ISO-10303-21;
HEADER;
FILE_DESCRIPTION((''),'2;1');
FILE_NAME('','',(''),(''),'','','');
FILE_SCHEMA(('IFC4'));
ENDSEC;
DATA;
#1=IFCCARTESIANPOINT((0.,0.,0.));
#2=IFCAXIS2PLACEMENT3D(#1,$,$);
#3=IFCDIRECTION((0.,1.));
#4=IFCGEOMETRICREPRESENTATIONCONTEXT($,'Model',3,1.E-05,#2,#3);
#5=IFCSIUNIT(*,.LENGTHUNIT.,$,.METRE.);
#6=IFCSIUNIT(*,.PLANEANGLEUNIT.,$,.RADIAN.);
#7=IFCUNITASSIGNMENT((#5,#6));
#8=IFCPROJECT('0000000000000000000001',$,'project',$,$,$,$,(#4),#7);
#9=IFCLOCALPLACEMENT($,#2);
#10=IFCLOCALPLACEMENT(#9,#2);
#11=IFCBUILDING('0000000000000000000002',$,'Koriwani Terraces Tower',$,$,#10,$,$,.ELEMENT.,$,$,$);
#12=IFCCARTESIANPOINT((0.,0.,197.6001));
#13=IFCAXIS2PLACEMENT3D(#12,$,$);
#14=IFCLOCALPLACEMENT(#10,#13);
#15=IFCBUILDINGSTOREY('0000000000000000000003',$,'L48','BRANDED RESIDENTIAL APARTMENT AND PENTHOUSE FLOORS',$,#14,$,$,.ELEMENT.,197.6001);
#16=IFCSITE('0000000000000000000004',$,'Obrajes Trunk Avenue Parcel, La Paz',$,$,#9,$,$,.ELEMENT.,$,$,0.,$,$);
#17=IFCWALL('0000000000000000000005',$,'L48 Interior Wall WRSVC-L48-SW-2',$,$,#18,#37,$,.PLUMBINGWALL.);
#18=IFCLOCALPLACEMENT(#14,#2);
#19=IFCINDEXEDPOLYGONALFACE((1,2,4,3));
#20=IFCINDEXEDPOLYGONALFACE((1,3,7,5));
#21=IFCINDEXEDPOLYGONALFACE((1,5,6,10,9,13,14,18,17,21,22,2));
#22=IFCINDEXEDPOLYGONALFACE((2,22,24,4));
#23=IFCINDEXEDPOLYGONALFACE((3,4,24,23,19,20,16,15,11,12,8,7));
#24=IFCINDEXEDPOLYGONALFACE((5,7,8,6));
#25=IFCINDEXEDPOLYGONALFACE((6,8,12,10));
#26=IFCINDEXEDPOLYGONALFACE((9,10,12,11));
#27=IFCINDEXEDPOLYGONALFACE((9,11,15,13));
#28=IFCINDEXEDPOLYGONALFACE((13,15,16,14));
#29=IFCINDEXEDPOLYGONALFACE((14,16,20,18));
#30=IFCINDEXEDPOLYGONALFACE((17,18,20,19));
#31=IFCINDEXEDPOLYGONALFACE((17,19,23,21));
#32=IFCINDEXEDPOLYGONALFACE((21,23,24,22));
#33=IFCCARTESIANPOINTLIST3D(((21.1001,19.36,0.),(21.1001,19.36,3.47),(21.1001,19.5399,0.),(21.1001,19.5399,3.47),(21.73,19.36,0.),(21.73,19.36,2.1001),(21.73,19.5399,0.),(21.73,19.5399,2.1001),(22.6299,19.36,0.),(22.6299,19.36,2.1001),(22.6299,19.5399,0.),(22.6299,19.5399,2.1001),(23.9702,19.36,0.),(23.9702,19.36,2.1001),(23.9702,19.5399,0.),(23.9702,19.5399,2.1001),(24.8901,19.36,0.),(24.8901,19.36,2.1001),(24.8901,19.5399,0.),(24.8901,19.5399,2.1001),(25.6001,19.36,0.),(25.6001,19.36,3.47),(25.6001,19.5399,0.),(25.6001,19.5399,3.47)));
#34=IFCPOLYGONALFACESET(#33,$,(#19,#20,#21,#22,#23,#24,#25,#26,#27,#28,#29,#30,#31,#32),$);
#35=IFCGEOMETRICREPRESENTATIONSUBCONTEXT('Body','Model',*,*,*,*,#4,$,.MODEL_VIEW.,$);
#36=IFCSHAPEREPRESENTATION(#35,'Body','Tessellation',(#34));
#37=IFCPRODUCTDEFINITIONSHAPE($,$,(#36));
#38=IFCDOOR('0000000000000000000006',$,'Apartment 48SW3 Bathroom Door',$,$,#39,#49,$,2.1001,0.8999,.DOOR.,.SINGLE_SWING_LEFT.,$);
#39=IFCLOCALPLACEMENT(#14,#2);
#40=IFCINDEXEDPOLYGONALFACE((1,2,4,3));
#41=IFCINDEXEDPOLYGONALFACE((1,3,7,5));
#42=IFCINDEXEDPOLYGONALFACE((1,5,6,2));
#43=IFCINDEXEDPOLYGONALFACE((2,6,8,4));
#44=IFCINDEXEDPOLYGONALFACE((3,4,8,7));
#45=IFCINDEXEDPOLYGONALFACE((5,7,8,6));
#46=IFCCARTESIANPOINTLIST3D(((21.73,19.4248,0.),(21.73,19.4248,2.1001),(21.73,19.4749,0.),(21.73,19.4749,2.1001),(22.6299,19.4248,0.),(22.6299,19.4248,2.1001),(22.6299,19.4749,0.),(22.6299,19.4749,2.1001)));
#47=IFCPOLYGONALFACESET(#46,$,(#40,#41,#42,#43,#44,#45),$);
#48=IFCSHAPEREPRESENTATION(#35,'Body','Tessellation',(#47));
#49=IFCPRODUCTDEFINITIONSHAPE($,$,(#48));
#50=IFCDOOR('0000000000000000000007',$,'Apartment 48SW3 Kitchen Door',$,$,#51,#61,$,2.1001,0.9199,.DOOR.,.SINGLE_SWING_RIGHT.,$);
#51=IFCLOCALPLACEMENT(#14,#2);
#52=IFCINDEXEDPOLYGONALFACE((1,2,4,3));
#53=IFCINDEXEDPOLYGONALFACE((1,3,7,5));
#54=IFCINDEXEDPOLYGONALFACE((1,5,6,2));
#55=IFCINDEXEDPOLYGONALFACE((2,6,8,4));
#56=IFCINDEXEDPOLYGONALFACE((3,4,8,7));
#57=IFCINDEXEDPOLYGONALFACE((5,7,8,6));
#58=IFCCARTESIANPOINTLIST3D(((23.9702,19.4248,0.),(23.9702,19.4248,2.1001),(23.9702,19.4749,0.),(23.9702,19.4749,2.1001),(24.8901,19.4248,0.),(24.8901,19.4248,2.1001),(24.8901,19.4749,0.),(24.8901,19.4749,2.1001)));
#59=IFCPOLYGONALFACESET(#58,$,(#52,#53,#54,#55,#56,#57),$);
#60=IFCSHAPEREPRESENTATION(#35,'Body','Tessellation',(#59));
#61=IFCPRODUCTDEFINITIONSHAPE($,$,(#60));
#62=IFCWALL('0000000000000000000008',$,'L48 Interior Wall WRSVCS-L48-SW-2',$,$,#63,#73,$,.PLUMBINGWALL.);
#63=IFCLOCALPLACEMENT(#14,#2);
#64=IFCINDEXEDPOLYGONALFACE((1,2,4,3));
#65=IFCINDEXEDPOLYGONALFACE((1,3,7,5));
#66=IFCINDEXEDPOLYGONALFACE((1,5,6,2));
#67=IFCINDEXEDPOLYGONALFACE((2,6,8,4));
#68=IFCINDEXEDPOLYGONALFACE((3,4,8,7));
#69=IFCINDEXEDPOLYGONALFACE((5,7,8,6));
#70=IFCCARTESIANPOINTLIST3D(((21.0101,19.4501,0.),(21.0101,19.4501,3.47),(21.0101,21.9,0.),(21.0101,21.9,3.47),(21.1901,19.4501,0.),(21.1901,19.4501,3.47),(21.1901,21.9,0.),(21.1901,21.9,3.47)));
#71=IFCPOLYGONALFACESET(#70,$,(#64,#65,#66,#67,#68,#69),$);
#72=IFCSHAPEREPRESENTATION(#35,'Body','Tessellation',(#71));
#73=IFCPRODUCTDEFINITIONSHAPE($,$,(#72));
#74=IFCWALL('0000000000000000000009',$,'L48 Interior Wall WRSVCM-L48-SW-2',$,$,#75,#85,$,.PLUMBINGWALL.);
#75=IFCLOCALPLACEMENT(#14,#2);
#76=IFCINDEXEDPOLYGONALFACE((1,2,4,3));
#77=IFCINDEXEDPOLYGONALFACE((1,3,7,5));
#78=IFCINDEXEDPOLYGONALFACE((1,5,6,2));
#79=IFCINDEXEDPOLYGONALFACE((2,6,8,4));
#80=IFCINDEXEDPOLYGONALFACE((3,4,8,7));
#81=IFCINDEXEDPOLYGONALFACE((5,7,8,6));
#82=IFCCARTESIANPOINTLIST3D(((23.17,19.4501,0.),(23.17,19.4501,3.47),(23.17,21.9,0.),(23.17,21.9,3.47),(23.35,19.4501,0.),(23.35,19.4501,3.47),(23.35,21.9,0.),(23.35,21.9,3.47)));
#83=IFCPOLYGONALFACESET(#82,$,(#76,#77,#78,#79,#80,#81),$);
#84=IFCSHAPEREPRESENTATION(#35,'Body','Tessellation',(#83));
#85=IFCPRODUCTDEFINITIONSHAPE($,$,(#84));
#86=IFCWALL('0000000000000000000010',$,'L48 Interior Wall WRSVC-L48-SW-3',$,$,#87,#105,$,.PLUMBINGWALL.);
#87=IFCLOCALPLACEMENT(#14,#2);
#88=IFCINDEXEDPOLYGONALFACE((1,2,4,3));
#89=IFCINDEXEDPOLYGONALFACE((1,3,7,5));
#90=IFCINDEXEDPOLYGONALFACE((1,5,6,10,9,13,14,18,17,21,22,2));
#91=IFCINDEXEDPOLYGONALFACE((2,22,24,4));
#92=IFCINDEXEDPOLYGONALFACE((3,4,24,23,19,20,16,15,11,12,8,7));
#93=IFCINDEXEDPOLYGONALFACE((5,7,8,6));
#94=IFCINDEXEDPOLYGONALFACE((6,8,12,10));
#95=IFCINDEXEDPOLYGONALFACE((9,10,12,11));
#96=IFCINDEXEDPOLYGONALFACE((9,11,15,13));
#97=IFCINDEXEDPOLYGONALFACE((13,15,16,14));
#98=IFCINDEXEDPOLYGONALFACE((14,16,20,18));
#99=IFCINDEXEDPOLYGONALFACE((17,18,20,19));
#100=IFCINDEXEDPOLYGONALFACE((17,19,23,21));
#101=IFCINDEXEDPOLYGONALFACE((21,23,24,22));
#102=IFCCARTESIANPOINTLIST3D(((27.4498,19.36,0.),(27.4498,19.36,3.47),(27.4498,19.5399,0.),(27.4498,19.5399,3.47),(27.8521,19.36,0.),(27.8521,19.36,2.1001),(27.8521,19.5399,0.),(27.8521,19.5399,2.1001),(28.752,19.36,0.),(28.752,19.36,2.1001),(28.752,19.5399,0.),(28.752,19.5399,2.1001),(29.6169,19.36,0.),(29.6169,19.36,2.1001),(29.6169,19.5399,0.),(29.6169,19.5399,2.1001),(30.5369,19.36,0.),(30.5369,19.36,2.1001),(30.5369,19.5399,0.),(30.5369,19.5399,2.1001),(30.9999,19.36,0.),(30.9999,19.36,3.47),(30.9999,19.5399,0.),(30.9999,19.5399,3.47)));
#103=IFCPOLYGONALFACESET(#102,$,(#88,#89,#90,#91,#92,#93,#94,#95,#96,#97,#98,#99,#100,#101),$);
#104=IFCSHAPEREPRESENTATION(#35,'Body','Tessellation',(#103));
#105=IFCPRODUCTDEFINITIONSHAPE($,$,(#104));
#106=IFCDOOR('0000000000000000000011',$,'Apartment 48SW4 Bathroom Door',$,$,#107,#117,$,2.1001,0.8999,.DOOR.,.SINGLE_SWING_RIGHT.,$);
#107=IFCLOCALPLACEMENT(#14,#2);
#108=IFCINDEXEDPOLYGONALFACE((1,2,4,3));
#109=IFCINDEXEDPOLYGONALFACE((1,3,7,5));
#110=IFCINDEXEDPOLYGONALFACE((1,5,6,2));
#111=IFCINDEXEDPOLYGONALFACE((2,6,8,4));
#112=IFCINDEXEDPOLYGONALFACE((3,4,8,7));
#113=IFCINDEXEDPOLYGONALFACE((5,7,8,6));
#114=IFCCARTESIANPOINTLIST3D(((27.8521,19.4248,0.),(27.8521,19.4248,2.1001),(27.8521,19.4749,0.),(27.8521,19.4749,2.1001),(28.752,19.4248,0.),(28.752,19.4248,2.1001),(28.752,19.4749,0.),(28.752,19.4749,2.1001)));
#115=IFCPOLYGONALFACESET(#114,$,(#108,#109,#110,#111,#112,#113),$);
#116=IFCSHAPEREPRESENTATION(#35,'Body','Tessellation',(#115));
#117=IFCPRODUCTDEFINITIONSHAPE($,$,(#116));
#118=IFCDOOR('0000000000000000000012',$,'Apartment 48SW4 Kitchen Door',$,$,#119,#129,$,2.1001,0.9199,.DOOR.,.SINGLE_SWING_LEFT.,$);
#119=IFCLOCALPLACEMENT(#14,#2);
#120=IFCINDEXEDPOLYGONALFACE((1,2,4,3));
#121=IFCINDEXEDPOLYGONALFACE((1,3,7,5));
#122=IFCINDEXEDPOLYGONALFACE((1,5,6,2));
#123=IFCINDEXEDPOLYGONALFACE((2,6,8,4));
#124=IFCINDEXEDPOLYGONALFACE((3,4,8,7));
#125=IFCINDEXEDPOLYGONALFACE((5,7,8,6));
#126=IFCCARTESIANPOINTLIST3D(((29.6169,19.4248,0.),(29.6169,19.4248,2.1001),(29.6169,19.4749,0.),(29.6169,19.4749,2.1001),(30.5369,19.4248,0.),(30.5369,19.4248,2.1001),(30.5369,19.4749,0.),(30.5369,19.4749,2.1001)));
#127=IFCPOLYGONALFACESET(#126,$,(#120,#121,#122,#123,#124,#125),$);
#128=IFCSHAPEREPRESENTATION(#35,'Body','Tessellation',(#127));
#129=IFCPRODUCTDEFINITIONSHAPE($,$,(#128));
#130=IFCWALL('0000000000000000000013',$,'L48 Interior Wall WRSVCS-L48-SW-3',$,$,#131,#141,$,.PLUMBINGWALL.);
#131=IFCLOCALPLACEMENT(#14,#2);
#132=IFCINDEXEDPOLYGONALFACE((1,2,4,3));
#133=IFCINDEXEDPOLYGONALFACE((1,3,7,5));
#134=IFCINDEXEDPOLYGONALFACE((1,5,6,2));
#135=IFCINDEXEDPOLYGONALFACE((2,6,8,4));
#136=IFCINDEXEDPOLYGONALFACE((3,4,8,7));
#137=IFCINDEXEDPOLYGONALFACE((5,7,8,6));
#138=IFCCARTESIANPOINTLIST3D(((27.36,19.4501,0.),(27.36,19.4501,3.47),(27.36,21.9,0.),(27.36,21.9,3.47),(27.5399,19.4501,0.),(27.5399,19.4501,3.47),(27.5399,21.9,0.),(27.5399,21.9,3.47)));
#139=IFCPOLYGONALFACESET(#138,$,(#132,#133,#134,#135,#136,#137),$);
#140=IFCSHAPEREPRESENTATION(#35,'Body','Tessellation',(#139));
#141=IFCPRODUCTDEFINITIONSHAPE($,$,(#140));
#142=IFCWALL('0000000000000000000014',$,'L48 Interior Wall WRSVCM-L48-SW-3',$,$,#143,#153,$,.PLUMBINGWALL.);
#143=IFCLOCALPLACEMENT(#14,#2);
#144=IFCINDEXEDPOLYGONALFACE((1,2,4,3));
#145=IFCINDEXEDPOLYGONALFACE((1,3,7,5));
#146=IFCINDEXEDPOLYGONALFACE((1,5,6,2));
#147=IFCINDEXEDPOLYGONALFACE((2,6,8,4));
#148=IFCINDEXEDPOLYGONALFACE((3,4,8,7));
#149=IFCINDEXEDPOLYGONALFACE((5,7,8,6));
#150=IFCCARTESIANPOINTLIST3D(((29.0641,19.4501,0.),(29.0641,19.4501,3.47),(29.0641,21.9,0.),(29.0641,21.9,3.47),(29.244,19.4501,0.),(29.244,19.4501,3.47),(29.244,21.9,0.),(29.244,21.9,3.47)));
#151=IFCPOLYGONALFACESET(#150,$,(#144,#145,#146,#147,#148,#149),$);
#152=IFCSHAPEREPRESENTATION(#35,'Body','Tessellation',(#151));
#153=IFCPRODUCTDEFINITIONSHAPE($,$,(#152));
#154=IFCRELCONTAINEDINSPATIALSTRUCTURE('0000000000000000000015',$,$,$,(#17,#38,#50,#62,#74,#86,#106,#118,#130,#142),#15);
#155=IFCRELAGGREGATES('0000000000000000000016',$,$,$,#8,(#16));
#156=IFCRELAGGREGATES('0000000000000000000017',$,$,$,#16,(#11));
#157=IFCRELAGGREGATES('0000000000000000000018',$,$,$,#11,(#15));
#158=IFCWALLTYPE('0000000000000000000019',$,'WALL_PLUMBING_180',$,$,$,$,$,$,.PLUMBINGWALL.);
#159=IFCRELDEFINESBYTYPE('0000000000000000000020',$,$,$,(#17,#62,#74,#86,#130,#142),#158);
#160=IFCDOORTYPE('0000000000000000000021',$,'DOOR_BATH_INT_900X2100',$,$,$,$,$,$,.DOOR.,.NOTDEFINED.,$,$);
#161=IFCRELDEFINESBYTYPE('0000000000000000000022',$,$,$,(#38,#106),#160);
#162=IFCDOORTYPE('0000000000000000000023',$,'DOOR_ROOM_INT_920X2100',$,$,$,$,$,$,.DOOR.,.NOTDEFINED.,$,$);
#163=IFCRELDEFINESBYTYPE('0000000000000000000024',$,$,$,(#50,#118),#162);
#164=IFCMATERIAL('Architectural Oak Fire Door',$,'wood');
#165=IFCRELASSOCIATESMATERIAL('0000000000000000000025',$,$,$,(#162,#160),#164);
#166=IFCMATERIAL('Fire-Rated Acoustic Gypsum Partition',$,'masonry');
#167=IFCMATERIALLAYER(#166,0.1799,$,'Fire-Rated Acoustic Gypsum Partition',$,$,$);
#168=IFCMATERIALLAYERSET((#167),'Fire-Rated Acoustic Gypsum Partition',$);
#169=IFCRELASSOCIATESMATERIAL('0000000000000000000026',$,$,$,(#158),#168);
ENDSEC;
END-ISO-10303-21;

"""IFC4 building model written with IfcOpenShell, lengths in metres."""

from ifc_helpers import new_model, si_unit, direction, frame, frame_2d, origin, place, context, subcontext, project, spatial, rectangle, extrude, material, layer, layer_set, type_object, element, fill, save


model = new_model("IFC4")

# Units and contexts
model_context = context("Model", 3, precision=1e-05, world=origin(), true_north=direction((0.0, 1.0)))
body_context = subcontext(model_context, "Body", "Model", "MODEL_VIEW")
ifc_project = project(units=[si_unit("LENGTHUNIT", "METRE"), si_unit("PLANEANGLEUNIT", "RADIAN")], contexts=[model_context])

# Site, building, storey
site_placement = place(None, origin())
site = spatial("IfcSite", under=ifc_project, at=site_placement, Name="Obrajes Trunk Avenue Parcel, La Paz", CompositionType="ELEMENT", RefElevation=0.0)
building_placement = place(site_placement, origin())
building = spatial("IfcBuilding", under=site, at=building_placement, Name="Koriwani Terraces Tower", CompositionType="ELEMENT")
storey_placement = place(building_placement, frame((0.0, 0.0, 197.6001)))
storey = spatial("IfcBuildingStorey", under=building, at=storey_placement, Name="L48", Description="BRANDED RESIDENTIAL APARTMENT AND PENTHOUSE FLOORS", CompositionType="ELEMENT", Elevation=197.6001)

# Shared definitions
ifc_material_1 = material(Name="Architectural Oak Fire Door", Category="wood")
door_type_1 = type_object("IfcDoorType", Name="DOOR_ROOM_INT_920X2100", OperationType="NOTDEFINED", PredefinedType="DOOR", material=ifc_material_1)

# Shared definitions
ifc_material_2 = material(Name="Fire-Rated Acoustic Gypsum Partition", Category="masonry")
ifc_layer_1 = layer(ifc_material_2, 0.1799, Name="Fire-Rated Acoustic Gypsum Partition")
ifc_layer_set_1 = layer_set([ifc_layer_1], Name="Fire-Rated Acoustic Gypsum Partition")
wall_type_1 = type_object("IfcWallType", Name="WALL_PLUMBING_180", PredefinedType="PLUMBINGWALL", material=ifc_layer_set_1)

# Wall, openings, doors
wall_1_placement = place(storey_placement, frame((21.1001, 19.45, 0.0), z_axis=(0.0, 0.0, 1.0), x_axis=(1.0, 0.0, 0.0)))
wall_1 = element("IfcWall", 1, at=wall_1_placement, inside=storey, type_object=wall_type_1, Name="L48 Interior Wall WRSVC-L48-SW-2", PredefinedType="PLUMBINGWALL", context=body_context, shape_type="SweptSolid", body=[
    extrude(rectangle(XDim=4.5, YDim=0.1799, at=frame_2d((2.25, 0.0))), origin(), (0.0, 0.0, 1.0), 3.47),
])
opening_1_placement = place(wall_1_placement, frame((0.6299, 0.0, 0.0)))
opening_1 = element("IfcOpeningElement", 2, at=opening_1_placement, cuts=wall_1, PredefinedType="OPENING", context=body_context, shape_type="SweptSolid", body=[
    extrude(rectangle(XDim=0.8999, YDim=2.1001, at=frame_2d((0.45, 1.05))), frame((0.0, 0.1001, 0.0), z_axis=(0.0, -1.0, 0.0), x_axis=(1.0, 0.0, 0.0)), (0.0, 0.0, 1.0), 0.2),
])
opening_2_placement = place(wall_1_placement, frame((2.8701, 0.0, 0.0)))
opening_2 = element("IfcOpeningElement", 3, at=opening_2_placement, cuts=wall_1, PredefinedType="OPENING", context=body_context, shape_type="SweptSolid", body=[
    extrude(rectangle(XDim=0.9199, YDim=2.1001, at=frame_2d((0.46, 1.05))), frame((0.0, 0.1001, 0.0), z_axis=(0.0, -1.0, 0.0), x_axis=(1.0, 0.0, 0.0)), (0.0, 0.0, 1.0), 0.2),
])
door_type_2 = type_object("IfcDoorType", Name="DOOR_BATH_INT_900X2100", OperationType="NOTDEFINED", PredefinedType="DOOR", material=ifc_material_1)
door_1_placement = place(opening_1_placement, origin())
door_1 = element("IfcDoor", 4, at=door_1_placement, inside=storey, type_object=door_type_2, Name="Apartment 48SW3 Bathroom Door", OperationType="SINGLE_SWING_LEFT", OverallHeight=2.1001, OverallWidth=0.8999, PredefinedType="DOOR", context=body_context, shape_type="SweptSolid", body=[
    extrude(rectangle(XDim=0.8999, YDim=2.1001, at=frame_2d((0.45, 1.05))), frame((0.0, 0.0249, 0.0), z_axis=(0.0, -1.0, 0.0), x_axis=(1.0, 0.0, 0.0)), (0.0, 0.0, 1.0), 0.05),
])
fill(opening_1, door_1)
door_2_placement = place(opening_2_placement, origin())
door_2 = element("IfcDoor", 5, at=door_2_placement, inside=storey, type_object=door_type_1, Name="Apartment 48SW3 Kitchen Door", OperationType="SINGLE_SWING_RIGHT", OverallHeight=2.1001, OverallWidth=0.9199, PredefinedType="DOOR", context=body_context, shape_type="SweptSolid", body=[
    extrude(rectangle(XDim=0.9199, YDim=2.1001, at=frame_2d((0.46, 1.05))), frame((0.0, 0.0249, 0.0), z_axis=(0.0, -1.0, 0.0), x_axis=(1.0, 0.0, 0.0)), (0.0, 0.0, 1.0), 0.05),
])
fill(opening_2, door_2)

# Walls
for number, where, z_axis, x_axis, name in (
    (6, (21.1001, 19.45, 0.0), (0.0, 0.0, 1.0), (0.0, 1.0, 0.0), "L48 Interior Wall WRSVCS-L48-SW-2"),
    (7, (23.26, 19.45, 0.0), (0.0, 0.0, 1.0), (0.0, 1.0, 0.0), "L48 Interior Wall WRSVCM-L48-SW-2"),
):
    element("IfcWall", number, at=place(storey_placement, frame(where, z_axis=z_axis, x_axis=x_axis)), inside=storey, type_object=wall_type_1, Name=name, PredefinedType="PLUMBINGWALL", context=body_context, shape_type="SweptSolid", body=[
        extrude(rectangle(XDim=2.45, YDim=0.1799, at=frame_2d((1.2251, 0.0))), origin(), (0.0, 0.0, 1.0), 3.47),
    ])

# Wall, openings, doors
wall_2_placement = place(storey_placement, frame((27.45, 19.45, 0.0), z_axis=(0.0, 0.0, 1.0), x_axis=(1.0, 0.0, 0.0)))
wall_2 = element("IfcWall", 8, at=wall_2_placement, inside=storey, type_object=wall_type_1, Name="L48 Interior Wall WRSVC-L48-SW-3", PredefinedType="PLUMBINGWALL", context=body_context, shape_type="SweptSolid", body=[
    extrude(rectangle(XDim=3.55, YDim=0.1799, at=frame_2d((1.7749, 0.0))), origin(), (0.0, 0.0, 1.0), 3.47),
])
opening_3_placement = place(wall_2_placement, frame((0.4021, 0.0, 0.0)))
opening_3 = element("IfcOpeningElement", 9, at=opening_3_placement, cuts=wall_2, PredefinedType="OPENING", context=body_context, shape_type="SweptSolid", body=[
    extrude(rectangle(XDim=0.8999, YDim=2.1001, at=frame_2d((0.45, 1.05))), frame((0.0, 0.1001, 0.0), z_axis=(0.0, -1.0, 0.0), x_axis=(1.0, 0.0, 0.0)), (0.0, 0.0, 1.0), 0.2),
])
opening_4_placement = place(wall_2_placement, frame((2.167, 0.0, 0.0)))
opening_4 = element("IfcOpeningElement", 10, at=opening_4_placement, cuts=wall_2, PredefinedType="OPENING", context=body_context, shape_type="SweptSolid", body=[
    extrude(rectangle(XDim=0.9199, YDim=2.1001, at=frame_2d((0.46, 1.05))), frame((0.0, 0.1001, 0.0), z_axis=(0.0, -1.0, 0.0), x_axis=(1.0, 0.0, 0.0)), (0.0, 0.0, 1.0), 0.2),
])
door_3_placement = place(opening_3_placement, origin())
door_3 = element("IfcDoor", 11, at=door_3_placement, inside=storey, type_object=door_type_2, Name="Apartment 48SW4 Bathroom Door", OperationType="SINGLE_SWING_RIGHT", OverallHeight=2.1001, OverallWidth=0.8999, PredefinedType="DOOR", context=body_context, shape_type="SweptSolid", body=[
    extrude(rectangle(XDim=0.8999, YDim=2.1001, at=frame_2d((0.45, 1.05))), frame((0.0, 0.0249, 0.0), z_axis=(0.0, -1.0, 0.0), x_axis=(1.0, 0.0, 0.0)), (0.0, 0.0, 1.0), 0.05),
])
fill(opening_3, door_3)
door_4_placement = place(opening_4_placement, origin())
door_4 = element("IfcDoor", 12, at=door_4_placement, inside=storey, type_object=door_type_1, Name="Apartment 48SW4 Kitchen Door", OperationType="SINGLE_SWING_LEFT", OverallHeight=2.1001, OverallWidth=0.9199, PredefinedType="DOOR", context=body_context, shape_type="SweptSolid", body=[
    extrude(rectangle(XDim=0.9199, YDim=2.1001, at=frame_2d((0.46, 1.05))), frame((0.0, 0.0249, 0.0), z_axis=(0.0, -1.0, 0.0), x_axis=(1.0, 0.0, 0.0)), (0.0, 0.0, 1.0), 0.05),
])
fill(opening_4, door_4)

# Walls
for number, where, z_axis, x_axis, name in (
    (13, (27.45, 19.45, 0.0), (0.0, 0.0, 1.0), (0.0, 1.0, 0.0), "L48 Interior Wall WRSVCS-L48-SW-3"),
    (14, (29.1541, 19.45, 0.0), (0.0, 0.0, 1.0), (0.0, 1.0, 0.0), "L48 Interior Wall WRSVCM-L48-SW-3"),
):
    element("IfcWall", number, at=place(storey_placement, frame(where, z_axis=z_axis, x_axis=x_axis)), inside=storey, type_object=wall_type_1, Name=name, PredefinedType="PLUMBINGWALL", context=body_context, shape_type="SweptSolid", body=[
        extrude(rectangle(XDim=2.45, YDim=0.1799, at=frame_2d((1.2251, 0.0))), origin(), (0.0, 0.0, 1.0), 3.47),
    ])

save(model, "model.ifc")
